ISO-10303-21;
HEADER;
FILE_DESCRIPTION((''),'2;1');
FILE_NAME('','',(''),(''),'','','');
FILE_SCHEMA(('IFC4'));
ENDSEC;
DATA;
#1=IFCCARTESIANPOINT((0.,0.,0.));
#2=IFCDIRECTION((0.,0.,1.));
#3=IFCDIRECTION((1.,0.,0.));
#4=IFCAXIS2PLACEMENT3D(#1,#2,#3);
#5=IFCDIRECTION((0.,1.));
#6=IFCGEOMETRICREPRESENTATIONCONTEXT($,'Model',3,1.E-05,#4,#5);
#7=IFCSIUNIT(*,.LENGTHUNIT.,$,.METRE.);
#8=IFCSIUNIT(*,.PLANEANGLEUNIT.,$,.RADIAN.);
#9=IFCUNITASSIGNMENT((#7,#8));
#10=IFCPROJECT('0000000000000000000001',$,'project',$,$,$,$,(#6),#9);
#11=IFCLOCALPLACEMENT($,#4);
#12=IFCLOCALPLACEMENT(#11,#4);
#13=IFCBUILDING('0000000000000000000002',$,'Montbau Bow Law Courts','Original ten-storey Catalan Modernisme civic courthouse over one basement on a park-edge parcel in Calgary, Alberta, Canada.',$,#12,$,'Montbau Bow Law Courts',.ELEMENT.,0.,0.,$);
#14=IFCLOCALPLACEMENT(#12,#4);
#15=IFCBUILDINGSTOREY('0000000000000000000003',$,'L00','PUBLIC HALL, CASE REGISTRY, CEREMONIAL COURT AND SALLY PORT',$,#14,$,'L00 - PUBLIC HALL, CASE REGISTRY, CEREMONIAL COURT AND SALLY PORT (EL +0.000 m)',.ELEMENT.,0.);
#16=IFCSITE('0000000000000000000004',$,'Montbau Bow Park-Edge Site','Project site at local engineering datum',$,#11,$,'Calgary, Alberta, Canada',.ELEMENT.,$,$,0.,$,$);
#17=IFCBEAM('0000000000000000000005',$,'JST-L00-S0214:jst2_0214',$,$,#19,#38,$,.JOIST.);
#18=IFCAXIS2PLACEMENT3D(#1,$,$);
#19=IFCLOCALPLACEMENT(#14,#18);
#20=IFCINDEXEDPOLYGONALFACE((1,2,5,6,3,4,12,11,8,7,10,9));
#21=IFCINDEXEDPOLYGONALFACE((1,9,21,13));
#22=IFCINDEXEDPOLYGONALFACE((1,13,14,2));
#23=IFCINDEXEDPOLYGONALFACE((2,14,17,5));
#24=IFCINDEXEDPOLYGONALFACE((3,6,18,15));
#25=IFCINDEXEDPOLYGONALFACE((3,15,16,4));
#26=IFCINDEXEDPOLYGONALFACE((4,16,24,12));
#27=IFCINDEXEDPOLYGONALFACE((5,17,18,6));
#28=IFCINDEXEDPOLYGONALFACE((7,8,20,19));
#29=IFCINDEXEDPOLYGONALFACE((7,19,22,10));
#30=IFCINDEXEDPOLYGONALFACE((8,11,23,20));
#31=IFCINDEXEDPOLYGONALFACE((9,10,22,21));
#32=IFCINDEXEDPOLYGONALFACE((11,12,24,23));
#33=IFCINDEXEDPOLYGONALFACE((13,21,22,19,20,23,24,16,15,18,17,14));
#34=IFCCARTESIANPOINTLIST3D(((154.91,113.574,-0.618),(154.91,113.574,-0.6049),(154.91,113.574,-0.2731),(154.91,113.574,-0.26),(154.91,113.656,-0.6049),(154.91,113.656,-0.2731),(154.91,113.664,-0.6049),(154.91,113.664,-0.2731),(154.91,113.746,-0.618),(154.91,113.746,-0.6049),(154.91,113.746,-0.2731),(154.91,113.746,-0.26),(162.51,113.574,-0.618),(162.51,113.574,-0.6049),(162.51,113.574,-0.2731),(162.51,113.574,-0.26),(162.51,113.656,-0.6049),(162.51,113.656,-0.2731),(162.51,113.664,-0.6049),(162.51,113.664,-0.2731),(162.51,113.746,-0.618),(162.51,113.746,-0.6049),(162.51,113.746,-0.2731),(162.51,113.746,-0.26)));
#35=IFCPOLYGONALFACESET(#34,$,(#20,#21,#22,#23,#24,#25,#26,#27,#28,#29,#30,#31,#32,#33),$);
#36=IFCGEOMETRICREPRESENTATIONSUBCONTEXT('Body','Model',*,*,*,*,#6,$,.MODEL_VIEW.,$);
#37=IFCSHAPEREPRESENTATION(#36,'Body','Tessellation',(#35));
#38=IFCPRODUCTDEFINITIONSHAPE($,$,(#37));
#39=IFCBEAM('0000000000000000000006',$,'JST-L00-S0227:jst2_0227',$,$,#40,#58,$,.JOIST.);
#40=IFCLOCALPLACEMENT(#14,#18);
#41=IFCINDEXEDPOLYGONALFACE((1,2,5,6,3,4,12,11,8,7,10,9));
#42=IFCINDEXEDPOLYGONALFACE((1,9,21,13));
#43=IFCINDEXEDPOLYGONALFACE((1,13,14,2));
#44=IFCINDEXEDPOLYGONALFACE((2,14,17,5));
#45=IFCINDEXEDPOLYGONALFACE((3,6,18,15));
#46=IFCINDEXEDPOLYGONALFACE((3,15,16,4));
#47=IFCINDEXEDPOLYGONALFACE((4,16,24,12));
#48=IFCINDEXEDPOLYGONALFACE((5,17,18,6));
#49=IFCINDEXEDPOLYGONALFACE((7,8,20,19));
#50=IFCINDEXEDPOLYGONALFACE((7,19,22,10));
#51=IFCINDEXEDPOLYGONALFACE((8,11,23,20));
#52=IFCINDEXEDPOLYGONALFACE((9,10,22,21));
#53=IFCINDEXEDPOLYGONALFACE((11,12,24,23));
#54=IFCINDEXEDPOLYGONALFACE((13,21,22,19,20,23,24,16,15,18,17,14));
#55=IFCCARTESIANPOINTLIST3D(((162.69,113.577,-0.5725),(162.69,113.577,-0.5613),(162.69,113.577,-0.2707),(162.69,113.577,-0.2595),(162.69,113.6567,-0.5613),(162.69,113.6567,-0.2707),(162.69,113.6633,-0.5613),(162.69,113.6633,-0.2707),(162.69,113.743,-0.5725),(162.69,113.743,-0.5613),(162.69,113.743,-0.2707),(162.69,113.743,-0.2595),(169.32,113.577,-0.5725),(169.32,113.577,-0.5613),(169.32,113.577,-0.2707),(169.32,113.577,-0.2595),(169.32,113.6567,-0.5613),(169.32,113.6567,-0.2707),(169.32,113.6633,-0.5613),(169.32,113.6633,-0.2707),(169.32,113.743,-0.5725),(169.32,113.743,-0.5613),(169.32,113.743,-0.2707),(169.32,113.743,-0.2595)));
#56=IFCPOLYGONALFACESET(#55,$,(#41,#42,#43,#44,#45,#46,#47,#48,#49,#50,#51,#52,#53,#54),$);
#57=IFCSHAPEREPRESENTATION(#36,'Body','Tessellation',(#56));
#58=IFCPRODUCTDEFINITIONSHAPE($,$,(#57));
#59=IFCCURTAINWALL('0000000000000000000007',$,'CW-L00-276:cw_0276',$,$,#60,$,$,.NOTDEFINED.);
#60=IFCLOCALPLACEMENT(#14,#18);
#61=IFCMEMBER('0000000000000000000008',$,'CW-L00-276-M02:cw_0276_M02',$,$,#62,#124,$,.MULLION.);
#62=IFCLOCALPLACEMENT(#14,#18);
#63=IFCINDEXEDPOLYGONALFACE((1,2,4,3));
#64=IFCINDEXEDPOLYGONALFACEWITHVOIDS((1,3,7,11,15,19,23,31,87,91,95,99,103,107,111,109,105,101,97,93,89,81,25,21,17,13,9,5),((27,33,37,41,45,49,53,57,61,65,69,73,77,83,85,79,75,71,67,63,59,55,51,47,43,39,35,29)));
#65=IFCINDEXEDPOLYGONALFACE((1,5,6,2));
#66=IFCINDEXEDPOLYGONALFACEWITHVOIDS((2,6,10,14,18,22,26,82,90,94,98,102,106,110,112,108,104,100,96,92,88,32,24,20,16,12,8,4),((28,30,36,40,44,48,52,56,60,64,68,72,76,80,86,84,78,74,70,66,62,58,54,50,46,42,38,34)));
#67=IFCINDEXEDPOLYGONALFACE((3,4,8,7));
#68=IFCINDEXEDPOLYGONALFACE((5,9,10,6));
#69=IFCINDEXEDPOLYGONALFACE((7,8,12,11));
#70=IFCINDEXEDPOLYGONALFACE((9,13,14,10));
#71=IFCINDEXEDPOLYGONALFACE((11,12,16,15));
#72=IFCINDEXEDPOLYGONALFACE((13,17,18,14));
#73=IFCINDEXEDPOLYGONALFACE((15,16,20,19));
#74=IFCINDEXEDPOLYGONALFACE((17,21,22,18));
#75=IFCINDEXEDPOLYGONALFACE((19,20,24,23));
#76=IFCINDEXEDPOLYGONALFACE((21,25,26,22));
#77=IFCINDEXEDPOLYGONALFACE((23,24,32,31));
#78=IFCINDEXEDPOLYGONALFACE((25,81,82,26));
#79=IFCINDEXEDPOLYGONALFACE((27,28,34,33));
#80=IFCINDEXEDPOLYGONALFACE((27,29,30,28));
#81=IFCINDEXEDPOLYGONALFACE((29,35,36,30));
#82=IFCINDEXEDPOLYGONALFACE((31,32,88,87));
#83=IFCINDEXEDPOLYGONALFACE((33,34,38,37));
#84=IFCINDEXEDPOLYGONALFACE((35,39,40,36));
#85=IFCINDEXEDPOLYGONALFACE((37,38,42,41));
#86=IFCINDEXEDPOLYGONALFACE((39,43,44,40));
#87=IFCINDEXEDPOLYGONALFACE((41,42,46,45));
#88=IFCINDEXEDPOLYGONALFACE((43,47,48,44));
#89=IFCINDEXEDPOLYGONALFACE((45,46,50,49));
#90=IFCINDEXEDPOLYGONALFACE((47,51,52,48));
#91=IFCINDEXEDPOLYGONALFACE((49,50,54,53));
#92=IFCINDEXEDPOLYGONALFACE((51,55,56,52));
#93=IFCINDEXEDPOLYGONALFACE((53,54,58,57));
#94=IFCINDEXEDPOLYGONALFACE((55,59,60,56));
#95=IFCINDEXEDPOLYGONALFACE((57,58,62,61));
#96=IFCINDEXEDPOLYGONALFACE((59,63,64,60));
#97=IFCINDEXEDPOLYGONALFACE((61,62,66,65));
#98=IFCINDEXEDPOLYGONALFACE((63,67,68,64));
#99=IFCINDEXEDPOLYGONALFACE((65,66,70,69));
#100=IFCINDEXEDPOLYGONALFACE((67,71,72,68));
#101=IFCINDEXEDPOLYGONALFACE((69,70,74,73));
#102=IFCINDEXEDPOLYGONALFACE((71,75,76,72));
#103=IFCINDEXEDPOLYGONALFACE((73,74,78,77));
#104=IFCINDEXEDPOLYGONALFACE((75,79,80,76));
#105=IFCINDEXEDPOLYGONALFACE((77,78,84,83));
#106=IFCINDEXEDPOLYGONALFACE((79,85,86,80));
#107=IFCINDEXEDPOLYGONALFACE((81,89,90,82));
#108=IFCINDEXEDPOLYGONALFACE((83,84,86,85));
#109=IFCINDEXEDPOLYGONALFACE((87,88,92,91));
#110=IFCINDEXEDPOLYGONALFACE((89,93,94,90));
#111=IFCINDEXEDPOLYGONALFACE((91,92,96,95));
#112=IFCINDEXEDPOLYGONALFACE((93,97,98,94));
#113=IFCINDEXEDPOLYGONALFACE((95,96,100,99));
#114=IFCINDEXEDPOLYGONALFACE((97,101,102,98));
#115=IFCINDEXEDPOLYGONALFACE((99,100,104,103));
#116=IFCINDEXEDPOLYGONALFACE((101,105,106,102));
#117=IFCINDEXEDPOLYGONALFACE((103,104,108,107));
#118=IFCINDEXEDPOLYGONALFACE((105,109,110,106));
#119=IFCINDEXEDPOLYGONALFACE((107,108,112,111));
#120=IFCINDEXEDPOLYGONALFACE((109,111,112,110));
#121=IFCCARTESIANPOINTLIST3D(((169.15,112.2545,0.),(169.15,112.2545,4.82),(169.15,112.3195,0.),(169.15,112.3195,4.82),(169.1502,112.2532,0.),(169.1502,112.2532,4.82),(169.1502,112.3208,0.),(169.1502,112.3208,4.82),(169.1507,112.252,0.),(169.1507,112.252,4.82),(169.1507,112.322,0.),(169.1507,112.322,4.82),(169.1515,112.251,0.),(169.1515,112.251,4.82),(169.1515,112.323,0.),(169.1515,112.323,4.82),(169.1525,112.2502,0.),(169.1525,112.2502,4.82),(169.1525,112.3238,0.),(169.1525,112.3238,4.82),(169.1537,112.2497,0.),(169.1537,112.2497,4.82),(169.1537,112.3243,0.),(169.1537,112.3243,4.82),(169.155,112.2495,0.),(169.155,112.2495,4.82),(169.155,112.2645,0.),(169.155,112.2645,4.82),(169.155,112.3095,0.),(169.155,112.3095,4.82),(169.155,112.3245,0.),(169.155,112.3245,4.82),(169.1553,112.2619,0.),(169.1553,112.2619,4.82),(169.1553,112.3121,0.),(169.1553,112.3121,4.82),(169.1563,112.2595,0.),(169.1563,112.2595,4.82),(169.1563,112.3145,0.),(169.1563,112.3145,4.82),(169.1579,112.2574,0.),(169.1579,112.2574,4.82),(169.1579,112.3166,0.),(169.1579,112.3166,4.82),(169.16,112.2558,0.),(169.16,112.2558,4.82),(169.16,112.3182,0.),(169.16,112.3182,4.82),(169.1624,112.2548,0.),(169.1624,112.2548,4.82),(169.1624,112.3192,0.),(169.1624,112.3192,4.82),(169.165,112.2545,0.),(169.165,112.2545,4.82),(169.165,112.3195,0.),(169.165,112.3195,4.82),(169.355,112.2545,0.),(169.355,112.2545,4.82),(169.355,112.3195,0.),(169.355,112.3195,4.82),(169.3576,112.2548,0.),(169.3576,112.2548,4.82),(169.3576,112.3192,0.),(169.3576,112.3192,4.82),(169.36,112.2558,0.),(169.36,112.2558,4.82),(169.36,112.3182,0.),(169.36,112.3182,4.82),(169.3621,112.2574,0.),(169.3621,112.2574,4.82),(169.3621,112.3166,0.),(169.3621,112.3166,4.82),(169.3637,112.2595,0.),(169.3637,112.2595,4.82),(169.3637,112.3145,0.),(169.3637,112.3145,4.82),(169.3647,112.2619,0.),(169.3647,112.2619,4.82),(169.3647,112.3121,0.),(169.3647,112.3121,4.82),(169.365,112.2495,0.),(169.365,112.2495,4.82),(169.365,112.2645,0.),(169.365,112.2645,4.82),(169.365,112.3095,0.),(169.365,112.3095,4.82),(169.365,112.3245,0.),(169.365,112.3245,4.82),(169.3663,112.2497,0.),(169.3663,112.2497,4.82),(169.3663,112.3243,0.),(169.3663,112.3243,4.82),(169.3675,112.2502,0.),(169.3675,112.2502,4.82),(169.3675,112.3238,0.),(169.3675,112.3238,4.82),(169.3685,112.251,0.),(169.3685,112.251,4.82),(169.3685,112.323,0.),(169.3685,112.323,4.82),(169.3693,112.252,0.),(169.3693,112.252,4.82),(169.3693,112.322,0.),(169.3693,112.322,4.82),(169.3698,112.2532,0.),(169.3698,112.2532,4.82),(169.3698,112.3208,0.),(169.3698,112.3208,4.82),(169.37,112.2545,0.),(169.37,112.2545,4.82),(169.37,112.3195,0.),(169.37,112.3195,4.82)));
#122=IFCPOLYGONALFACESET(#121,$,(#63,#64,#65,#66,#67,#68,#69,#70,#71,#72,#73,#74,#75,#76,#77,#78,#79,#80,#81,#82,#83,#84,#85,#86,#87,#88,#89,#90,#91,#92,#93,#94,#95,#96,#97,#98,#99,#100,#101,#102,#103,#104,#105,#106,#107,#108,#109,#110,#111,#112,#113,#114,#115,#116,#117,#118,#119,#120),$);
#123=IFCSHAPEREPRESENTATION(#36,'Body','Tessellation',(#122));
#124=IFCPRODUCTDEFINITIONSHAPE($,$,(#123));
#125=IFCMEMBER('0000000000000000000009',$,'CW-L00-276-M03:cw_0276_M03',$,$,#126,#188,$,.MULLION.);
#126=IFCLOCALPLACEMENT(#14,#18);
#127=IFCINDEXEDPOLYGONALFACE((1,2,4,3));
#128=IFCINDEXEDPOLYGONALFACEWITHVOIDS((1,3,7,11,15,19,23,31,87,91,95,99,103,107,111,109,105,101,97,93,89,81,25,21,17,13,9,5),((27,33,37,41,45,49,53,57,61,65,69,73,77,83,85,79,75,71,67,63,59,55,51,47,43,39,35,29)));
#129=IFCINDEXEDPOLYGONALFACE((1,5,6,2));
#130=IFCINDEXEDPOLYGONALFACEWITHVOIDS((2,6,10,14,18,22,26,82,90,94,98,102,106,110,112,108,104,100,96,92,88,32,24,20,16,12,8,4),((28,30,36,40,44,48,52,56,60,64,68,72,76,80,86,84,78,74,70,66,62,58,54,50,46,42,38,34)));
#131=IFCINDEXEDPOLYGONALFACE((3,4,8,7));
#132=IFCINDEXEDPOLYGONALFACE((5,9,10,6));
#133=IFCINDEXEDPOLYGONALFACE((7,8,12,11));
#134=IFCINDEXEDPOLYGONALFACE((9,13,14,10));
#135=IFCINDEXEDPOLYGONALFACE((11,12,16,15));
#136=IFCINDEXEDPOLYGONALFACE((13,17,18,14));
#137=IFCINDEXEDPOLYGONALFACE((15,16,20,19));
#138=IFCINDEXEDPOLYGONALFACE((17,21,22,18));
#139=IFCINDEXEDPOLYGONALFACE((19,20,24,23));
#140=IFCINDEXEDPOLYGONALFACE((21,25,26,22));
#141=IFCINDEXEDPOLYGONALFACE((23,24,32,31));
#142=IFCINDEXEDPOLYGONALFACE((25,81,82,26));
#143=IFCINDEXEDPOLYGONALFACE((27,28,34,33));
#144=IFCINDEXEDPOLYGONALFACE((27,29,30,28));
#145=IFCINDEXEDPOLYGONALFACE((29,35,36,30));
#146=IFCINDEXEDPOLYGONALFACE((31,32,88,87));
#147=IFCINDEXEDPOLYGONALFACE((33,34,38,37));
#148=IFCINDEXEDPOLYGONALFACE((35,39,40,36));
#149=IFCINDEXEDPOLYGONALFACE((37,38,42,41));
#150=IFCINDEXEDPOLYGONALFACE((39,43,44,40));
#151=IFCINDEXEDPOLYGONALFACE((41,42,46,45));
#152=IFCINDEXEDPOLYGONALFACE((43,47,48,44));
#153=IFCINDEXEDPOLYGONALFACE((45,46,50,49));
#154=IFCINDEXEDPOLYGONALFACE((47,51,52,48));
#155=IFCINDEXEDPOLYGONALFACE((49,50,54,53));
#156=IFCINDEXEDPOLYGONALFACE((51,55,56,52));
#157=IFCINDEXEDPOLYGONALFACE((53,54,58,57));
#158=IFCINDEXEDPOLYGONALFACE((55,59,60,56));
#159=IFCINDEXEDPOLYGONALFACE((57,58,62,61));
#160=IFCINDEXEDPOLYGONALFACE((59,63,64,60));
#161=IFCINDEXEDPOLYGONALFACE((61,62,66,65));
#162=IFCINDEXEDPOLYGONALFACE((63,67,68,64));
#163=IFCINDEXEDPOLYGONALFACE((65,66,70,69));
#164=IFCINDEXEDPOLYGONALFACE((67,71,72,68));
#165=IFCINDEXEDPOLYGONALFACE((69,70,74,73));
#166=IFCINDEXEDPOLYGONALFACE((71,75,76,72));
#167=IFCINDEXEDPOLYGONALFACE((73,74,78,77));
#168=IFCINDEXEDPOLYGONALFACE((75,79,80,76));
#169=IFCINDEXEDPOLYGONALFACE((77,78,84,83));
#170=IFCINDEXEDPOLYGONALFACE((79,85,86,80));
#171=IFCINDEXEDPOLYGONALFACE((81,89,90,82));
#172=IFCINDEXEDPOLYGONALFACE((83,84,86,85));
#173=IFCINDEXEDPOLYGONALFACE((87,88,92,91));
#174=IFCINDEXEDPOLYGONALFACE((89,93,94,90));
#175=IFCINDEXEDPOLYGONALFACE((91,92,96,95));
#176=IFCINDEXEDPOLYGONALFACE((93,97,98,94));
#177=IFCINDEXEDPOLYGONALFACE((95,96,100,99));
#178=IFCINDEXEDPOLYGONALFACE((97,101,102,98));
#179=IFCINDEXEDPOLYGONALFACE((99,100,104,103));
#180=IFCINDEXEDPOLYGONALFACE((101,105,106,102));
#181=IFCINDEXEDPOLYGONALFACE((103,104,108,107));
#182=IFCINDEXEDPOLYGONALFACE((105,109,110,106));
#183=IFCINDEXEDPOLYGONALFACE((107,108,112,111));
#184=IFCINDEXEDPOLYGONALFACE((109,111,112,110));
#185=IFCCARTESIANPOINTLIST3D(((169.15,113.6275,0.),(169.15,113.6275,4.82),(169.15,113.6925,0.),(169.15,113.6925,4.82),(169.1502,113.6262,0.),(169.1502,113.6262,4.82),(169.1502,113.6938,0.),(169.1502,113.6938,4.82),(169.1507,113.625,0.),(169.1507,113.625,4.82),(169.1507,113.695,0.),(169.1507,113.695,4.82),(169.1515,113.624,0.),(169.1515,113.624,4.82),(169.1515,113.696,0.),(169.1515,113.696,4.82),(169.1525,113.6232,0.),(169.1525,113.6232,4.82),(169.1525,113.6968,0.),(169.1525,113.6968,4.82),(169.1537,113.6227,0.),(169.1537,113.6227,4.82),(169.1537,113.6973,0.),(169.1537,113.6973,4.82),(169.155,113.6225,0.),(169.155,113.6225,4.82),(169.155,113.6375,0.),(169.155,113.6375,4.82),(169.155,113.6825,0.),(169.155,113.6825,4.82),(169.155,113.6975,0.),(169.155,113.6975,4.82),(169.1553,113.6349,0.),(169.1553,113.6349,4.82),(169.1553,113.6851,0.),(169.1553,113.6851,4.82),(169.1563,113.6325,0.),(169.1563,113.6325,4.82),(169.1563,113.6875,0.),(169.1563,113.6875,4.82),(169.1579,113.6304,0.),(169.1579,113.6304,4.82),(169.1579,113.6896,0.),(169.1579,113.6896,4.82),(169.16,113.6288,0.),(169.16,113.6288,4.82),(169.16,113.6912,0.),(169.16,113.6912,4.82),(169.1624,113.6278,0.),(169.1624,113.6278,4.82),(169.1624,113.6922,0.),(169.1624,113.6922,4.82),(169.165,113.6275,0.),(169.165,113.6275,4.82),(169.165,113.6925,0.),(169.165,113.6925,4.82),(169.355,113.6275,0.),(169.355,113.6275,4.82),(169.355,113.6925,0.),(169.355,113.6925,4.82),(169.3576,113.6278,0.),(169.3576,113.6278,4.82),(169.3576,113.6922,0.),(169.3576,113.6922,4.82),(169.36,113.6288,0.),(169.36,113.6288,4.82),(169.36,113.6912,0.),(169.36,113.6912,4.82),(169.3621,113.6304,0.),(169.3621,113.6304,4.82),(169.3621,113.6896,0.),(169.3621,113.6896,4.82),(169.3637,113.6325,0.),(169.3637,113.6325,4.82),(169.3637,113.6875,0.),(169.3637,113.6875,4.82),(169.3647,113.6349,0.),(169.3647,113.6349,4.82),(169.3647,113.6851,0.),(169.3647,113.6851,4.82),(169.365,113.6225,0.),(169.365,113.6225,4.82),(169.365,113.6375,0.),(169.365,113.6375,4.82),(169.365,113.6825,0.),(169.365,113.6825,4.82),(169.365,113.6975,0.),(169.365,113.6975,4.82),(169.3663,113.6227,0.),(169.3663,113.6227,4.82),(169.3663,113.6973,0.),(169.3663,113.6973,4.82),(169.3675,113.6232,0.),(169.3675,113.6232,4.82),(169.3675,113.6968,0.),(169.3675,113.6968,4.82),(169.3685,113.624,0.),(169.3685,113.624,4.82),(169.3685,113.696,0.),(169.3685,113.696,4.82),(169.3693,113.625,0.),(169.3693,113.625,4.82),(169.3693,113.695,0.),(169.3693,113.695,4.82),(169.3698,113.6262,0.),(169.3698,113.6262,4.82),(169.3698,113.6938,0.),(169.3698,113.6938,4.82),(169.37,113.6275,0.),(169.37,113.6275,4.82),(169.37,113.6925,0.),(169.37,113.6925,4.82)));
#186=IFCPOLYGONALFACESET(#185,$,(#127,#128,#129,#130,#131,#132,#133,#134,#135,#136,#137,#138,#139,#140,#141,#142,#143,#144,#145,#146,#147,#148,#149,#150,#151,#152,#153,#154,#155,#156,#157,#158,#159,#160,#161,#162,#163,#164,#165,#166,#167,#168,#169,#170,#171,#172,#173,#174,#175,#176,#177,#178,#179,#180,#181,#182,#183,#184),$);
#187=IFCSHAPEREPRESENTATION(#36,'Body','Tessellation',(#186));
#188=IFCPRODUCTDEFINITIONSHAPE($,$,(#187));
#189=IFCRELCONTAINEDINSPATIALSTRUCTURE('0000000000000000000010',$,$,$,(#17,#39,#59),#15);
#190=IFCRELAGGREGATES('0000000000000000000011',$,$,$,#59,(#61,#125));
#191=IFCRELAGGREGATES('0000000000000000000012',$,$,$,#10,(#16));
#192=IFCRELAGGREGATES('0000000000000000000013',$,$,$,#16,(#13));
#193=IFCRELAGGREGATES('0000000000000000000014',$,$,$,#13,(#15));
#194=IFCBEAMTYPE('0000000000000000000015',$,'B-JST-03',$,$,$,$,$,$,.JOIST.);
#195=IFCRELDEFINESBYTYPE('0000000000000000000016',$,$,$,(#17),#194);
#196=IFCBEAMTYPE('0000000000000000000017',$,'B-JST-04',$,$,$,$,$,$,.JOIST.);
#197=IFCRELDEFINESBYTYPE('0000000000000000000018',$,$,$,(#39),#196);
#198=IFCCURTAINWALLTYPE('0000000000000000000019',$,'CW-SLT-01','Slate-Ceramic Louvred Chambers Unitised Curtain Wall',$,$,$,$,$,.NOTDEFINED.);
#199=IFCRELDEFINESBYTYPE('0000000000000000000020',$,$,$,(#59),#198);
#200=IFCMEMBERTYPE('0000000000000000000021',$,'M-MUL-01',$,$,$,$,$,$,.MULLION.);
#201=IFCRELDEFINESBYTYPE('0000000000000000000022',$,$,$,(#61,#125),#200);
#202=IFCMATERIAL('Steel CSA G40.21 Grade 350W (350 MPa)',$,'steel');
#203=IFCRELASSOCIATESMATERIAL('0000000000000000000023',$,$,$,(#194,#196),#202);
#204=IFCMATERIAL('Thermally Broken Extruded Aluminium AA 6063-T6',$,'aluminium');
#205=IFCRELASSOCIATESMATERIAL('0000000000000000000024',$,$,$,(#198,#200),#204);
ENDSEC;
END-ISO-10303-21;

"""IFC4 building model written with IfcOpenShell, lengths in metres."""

from ifc_helpers import new_model, si_unit, direction, frame, origin_with_axes, origin_2d_with_axis, place, context, subcontext, project, spatial, hollow_rectangle, i_section, extrude, material, material_profile, profile_set, type_object, element, aggregate, save


model = new_model("IFC4")

# Units and contexts
model_context = context("Model", 3, precision=1e-05, world=origin_with_axes(), true_north=direction((0.0, 1.0)))
body_context = subcontext(model_context, "Body", "Model", "MODEL_VIEW")
ifc_project = project(units=[si_unit("LENGTHUNIT", "METRE"), si_unit("PLANEANGLEUNIT", "RADIAN")], contexts=[model_context])

# Site, building, storey
site_placement = place(None, origin_with_axes())
site = spatial("IfcSite", under=ifc_project, at=site_placement, Name="Montbau Bow Park-Edge Site", Description="Project site at local engineering datum", LongName="Calgary, Alberta, Canada", CompositionType="ELEMENT", RefElevation=0.0)
building_placement = place(site_placement, origin_with_axes())
building = spatial("IfcBuilding", under=site, at=building_placement, Name="Montbau Bow Law Courts", Description="Original ten-storey Catalan Modernisme civic courthouse over one basement on a park-edge parcel in Calgary, Alberta, Canada.", LongName="Montbau Bow Law Courts", CompositionType="ELEMENT", ElevationOfRefHeight=0.0, ElevationOfTerrain=0.0)
storey_placement = place(building_placement, origin_with_axes())
storey = spatial("IfcBuildingStorey", under=building, at=storey_placement, Name="L00", Description="PUBLIC HALL, CASE REGISTRY, CEREMONIAL COURT AND SALLY PORT", LongName="L00 - PUBLIC HALL, CASE REGISTRY, CEREMONIAL COURT AND SALLY PORT (EL +0.000 m)", CompositionType="ELEMENT", Elevation=0.0)

# Beams
ifc_material_1 = material(Name="Steel CSA G40.21 Grade 350W (350 MPa)", Category="steel")
ifc_material_profile_1 = material_profile(ifc_material_1, i_section(OverallWidth=0.172, OverallDepth=0.358, WebThickness=0.0079, FlangeThickness=0.0131, at=origin_2d_with_axis()), Name="W360X57", Category="Main", Priority=0)
ifc_profile_set_1 = profile_set([ifc_material_profile_1], Name="Steel CSA G40.21 Grade 350W (350 MPa)")
beam_type_1 = type_object("IfcBeamType", Name="B-JST-03", PredefinedType="JOIST", material=ifc_profile_set_1)
beam_1_placement = place(None, frame((154.91, 113.66, -0.439), z_axis=(1.0, 0.0, 0.0), x_axis=(0.0, 1.0, 0.0)))
element("IfcBeam", 1, at=beam_1_placement, inside=storey, type_object=beam_type_1, Name="JST-L00-S0214:jst2_0214", PredefinedType="JOIST", context=body_context, shape_type="SweptSolid", body=[
    extrude(i_section(OverallWidth=0.172, OverallDepth=0.358, WebThickness=0.0079, FlangeThickness=0.0131, at=origin_2d_with_axis()), origin_with_axes(), (0.0, 0.0, 1.0), 7.6),
])
ifc_material_profile_2 = material_profile(ifc_material_1, i_section(OverallWidth=0.166, OverallDepth=0.313, WebThickness=0.0066, FlangeThickness=0.0112, at=origin_2d_with_axis()), Name="W310X45", Category="Main", Priority=0)
ifc_profile_set_2 = profile_set([ifc_material_profile_2], Name="Steel CSA G40.21 Grade 350W (350 MPa)")
beam_type_2 = type_object("IfcBeamType", Name="B-JST-04", PredefinedType="JOIST", material=ifc_profile_set_2)
beam_2_placement = place(None, frame((162.69, 113.66, -0.416), z_axis=(1.0, 0.0, 0.0), x_axis=(0.0, 1.0, 0.0)))
element("IfcBeam", 2, at=beam_2_placement, inside=storey, type_object=beam_type_2, Name="JST-L00-S0227:jst2_0227", PredefinedType="JOIST", context=body_context, shape_type="SweptSolid", body=[
    extrude(i_section(OverallWidth=0.166, OverallDepth=0.313, WebThickness=0.0066, FlangeThickness=0.0112, at=origin_2d_with_axis()), origin_with_axes(), (0.0, 0.0, 1.0), 6.63),
])

# Curtain wall, members
ifc_material_2 = material(Name="Thermally Broken Extruded Aluminium AA 6063-T6", Category="aluminium")
curtain_wall_type = type_object("IfcCurtainWallType", Name="CW-SLT-01", Description="Slate-Ceramic Louvred Chambers Unitised Curtain Wall", PredefinedType="NOTDEFINED", material=ifc_material_2)
curtain_wall_placement = place(None, frame((169.26, 110.915, 0.0), z_axis=(0.0, 0.0, 1.0), x_axis=(1.0, 0.0, 0.0)))
curtain_wall = element("IfcCurtainWall", 3, at=curtain_wall_placement, inside=storey, type_object=curtain_wall_type, Name="CW-L00-276:cw_0276", PredefinedType="NOTDEFINED")
ifc_material_profile_3 = material_profile(ifc_material_2, hollow_rectangle(XDim=0.075, YDim=0.22, WallThickness=0.005, InnerFilletRadius=0.01, OuterFilletRadius=0.005, at=origin_2d_with_axis()), Name="CWM-220X75", Category="Main", Priority=0)
ifc_profile_set_3 = profile_set([ifc_material_profile_3], Name="Thermally Broken Extruded Aluminium AA 6063-T6")
member_type_1 = type_object("IfcMemberType", Name="M-MUL-01", PredefinedType="MULLION", material=ifc_profile_set_3)
member_1_placement = place(None, frame((169.26, 112.287, 0.0), z_axis=(0.0, 0.0, 1.0), x_axis=(0.0, 1.0, 0.0)))
member_1 = element("IfcMember", 4, at=member_1_placement, type_object=member_type_1, Name="CW-L00-276-M02:cw_0276_M02", PredefinedType="MULLION", context=body_context, shape_type="SweptSolid", body=[
    extrude(hollow_rectangle(XDim=0.075, YDim=0.22, WallThickness=0.005, InnerFilletRadius=0.01, OuterFilletRadius=0.005, at=origin_2d_with_axis()), origin_with_axes(), (0.0, 0.0, 1.0), 4.82),
])
member_2_placement = place(None, frame((169.26, 113.66, 0.0), z_axis=(0.0, 0.0, 1.0), x_axis=(0.0, 1.0, 0.0)))
member_2 = element("IfcMember", 5, at=member_2_placement, type_object=member_type_1, Name="CW-L00-276-M03:cw_0276_M03", PredefinedType="MULLION", context=body_context, shape_type="SweptSolid", body=[
    extrude(hollow_rectangle(XDim=0.075, YDim=0.22, WallThickness=0.005, InnerFilletRadius=0.01, OuterFilletRadius=0.005, at=origin_2d_with_axis()), origin_with_axes(), (0.0, 0.0, 1.0), 4.82),
])
aggregate(curtain_wall, [member_1, member_2])

save(model, "model.ifc")
